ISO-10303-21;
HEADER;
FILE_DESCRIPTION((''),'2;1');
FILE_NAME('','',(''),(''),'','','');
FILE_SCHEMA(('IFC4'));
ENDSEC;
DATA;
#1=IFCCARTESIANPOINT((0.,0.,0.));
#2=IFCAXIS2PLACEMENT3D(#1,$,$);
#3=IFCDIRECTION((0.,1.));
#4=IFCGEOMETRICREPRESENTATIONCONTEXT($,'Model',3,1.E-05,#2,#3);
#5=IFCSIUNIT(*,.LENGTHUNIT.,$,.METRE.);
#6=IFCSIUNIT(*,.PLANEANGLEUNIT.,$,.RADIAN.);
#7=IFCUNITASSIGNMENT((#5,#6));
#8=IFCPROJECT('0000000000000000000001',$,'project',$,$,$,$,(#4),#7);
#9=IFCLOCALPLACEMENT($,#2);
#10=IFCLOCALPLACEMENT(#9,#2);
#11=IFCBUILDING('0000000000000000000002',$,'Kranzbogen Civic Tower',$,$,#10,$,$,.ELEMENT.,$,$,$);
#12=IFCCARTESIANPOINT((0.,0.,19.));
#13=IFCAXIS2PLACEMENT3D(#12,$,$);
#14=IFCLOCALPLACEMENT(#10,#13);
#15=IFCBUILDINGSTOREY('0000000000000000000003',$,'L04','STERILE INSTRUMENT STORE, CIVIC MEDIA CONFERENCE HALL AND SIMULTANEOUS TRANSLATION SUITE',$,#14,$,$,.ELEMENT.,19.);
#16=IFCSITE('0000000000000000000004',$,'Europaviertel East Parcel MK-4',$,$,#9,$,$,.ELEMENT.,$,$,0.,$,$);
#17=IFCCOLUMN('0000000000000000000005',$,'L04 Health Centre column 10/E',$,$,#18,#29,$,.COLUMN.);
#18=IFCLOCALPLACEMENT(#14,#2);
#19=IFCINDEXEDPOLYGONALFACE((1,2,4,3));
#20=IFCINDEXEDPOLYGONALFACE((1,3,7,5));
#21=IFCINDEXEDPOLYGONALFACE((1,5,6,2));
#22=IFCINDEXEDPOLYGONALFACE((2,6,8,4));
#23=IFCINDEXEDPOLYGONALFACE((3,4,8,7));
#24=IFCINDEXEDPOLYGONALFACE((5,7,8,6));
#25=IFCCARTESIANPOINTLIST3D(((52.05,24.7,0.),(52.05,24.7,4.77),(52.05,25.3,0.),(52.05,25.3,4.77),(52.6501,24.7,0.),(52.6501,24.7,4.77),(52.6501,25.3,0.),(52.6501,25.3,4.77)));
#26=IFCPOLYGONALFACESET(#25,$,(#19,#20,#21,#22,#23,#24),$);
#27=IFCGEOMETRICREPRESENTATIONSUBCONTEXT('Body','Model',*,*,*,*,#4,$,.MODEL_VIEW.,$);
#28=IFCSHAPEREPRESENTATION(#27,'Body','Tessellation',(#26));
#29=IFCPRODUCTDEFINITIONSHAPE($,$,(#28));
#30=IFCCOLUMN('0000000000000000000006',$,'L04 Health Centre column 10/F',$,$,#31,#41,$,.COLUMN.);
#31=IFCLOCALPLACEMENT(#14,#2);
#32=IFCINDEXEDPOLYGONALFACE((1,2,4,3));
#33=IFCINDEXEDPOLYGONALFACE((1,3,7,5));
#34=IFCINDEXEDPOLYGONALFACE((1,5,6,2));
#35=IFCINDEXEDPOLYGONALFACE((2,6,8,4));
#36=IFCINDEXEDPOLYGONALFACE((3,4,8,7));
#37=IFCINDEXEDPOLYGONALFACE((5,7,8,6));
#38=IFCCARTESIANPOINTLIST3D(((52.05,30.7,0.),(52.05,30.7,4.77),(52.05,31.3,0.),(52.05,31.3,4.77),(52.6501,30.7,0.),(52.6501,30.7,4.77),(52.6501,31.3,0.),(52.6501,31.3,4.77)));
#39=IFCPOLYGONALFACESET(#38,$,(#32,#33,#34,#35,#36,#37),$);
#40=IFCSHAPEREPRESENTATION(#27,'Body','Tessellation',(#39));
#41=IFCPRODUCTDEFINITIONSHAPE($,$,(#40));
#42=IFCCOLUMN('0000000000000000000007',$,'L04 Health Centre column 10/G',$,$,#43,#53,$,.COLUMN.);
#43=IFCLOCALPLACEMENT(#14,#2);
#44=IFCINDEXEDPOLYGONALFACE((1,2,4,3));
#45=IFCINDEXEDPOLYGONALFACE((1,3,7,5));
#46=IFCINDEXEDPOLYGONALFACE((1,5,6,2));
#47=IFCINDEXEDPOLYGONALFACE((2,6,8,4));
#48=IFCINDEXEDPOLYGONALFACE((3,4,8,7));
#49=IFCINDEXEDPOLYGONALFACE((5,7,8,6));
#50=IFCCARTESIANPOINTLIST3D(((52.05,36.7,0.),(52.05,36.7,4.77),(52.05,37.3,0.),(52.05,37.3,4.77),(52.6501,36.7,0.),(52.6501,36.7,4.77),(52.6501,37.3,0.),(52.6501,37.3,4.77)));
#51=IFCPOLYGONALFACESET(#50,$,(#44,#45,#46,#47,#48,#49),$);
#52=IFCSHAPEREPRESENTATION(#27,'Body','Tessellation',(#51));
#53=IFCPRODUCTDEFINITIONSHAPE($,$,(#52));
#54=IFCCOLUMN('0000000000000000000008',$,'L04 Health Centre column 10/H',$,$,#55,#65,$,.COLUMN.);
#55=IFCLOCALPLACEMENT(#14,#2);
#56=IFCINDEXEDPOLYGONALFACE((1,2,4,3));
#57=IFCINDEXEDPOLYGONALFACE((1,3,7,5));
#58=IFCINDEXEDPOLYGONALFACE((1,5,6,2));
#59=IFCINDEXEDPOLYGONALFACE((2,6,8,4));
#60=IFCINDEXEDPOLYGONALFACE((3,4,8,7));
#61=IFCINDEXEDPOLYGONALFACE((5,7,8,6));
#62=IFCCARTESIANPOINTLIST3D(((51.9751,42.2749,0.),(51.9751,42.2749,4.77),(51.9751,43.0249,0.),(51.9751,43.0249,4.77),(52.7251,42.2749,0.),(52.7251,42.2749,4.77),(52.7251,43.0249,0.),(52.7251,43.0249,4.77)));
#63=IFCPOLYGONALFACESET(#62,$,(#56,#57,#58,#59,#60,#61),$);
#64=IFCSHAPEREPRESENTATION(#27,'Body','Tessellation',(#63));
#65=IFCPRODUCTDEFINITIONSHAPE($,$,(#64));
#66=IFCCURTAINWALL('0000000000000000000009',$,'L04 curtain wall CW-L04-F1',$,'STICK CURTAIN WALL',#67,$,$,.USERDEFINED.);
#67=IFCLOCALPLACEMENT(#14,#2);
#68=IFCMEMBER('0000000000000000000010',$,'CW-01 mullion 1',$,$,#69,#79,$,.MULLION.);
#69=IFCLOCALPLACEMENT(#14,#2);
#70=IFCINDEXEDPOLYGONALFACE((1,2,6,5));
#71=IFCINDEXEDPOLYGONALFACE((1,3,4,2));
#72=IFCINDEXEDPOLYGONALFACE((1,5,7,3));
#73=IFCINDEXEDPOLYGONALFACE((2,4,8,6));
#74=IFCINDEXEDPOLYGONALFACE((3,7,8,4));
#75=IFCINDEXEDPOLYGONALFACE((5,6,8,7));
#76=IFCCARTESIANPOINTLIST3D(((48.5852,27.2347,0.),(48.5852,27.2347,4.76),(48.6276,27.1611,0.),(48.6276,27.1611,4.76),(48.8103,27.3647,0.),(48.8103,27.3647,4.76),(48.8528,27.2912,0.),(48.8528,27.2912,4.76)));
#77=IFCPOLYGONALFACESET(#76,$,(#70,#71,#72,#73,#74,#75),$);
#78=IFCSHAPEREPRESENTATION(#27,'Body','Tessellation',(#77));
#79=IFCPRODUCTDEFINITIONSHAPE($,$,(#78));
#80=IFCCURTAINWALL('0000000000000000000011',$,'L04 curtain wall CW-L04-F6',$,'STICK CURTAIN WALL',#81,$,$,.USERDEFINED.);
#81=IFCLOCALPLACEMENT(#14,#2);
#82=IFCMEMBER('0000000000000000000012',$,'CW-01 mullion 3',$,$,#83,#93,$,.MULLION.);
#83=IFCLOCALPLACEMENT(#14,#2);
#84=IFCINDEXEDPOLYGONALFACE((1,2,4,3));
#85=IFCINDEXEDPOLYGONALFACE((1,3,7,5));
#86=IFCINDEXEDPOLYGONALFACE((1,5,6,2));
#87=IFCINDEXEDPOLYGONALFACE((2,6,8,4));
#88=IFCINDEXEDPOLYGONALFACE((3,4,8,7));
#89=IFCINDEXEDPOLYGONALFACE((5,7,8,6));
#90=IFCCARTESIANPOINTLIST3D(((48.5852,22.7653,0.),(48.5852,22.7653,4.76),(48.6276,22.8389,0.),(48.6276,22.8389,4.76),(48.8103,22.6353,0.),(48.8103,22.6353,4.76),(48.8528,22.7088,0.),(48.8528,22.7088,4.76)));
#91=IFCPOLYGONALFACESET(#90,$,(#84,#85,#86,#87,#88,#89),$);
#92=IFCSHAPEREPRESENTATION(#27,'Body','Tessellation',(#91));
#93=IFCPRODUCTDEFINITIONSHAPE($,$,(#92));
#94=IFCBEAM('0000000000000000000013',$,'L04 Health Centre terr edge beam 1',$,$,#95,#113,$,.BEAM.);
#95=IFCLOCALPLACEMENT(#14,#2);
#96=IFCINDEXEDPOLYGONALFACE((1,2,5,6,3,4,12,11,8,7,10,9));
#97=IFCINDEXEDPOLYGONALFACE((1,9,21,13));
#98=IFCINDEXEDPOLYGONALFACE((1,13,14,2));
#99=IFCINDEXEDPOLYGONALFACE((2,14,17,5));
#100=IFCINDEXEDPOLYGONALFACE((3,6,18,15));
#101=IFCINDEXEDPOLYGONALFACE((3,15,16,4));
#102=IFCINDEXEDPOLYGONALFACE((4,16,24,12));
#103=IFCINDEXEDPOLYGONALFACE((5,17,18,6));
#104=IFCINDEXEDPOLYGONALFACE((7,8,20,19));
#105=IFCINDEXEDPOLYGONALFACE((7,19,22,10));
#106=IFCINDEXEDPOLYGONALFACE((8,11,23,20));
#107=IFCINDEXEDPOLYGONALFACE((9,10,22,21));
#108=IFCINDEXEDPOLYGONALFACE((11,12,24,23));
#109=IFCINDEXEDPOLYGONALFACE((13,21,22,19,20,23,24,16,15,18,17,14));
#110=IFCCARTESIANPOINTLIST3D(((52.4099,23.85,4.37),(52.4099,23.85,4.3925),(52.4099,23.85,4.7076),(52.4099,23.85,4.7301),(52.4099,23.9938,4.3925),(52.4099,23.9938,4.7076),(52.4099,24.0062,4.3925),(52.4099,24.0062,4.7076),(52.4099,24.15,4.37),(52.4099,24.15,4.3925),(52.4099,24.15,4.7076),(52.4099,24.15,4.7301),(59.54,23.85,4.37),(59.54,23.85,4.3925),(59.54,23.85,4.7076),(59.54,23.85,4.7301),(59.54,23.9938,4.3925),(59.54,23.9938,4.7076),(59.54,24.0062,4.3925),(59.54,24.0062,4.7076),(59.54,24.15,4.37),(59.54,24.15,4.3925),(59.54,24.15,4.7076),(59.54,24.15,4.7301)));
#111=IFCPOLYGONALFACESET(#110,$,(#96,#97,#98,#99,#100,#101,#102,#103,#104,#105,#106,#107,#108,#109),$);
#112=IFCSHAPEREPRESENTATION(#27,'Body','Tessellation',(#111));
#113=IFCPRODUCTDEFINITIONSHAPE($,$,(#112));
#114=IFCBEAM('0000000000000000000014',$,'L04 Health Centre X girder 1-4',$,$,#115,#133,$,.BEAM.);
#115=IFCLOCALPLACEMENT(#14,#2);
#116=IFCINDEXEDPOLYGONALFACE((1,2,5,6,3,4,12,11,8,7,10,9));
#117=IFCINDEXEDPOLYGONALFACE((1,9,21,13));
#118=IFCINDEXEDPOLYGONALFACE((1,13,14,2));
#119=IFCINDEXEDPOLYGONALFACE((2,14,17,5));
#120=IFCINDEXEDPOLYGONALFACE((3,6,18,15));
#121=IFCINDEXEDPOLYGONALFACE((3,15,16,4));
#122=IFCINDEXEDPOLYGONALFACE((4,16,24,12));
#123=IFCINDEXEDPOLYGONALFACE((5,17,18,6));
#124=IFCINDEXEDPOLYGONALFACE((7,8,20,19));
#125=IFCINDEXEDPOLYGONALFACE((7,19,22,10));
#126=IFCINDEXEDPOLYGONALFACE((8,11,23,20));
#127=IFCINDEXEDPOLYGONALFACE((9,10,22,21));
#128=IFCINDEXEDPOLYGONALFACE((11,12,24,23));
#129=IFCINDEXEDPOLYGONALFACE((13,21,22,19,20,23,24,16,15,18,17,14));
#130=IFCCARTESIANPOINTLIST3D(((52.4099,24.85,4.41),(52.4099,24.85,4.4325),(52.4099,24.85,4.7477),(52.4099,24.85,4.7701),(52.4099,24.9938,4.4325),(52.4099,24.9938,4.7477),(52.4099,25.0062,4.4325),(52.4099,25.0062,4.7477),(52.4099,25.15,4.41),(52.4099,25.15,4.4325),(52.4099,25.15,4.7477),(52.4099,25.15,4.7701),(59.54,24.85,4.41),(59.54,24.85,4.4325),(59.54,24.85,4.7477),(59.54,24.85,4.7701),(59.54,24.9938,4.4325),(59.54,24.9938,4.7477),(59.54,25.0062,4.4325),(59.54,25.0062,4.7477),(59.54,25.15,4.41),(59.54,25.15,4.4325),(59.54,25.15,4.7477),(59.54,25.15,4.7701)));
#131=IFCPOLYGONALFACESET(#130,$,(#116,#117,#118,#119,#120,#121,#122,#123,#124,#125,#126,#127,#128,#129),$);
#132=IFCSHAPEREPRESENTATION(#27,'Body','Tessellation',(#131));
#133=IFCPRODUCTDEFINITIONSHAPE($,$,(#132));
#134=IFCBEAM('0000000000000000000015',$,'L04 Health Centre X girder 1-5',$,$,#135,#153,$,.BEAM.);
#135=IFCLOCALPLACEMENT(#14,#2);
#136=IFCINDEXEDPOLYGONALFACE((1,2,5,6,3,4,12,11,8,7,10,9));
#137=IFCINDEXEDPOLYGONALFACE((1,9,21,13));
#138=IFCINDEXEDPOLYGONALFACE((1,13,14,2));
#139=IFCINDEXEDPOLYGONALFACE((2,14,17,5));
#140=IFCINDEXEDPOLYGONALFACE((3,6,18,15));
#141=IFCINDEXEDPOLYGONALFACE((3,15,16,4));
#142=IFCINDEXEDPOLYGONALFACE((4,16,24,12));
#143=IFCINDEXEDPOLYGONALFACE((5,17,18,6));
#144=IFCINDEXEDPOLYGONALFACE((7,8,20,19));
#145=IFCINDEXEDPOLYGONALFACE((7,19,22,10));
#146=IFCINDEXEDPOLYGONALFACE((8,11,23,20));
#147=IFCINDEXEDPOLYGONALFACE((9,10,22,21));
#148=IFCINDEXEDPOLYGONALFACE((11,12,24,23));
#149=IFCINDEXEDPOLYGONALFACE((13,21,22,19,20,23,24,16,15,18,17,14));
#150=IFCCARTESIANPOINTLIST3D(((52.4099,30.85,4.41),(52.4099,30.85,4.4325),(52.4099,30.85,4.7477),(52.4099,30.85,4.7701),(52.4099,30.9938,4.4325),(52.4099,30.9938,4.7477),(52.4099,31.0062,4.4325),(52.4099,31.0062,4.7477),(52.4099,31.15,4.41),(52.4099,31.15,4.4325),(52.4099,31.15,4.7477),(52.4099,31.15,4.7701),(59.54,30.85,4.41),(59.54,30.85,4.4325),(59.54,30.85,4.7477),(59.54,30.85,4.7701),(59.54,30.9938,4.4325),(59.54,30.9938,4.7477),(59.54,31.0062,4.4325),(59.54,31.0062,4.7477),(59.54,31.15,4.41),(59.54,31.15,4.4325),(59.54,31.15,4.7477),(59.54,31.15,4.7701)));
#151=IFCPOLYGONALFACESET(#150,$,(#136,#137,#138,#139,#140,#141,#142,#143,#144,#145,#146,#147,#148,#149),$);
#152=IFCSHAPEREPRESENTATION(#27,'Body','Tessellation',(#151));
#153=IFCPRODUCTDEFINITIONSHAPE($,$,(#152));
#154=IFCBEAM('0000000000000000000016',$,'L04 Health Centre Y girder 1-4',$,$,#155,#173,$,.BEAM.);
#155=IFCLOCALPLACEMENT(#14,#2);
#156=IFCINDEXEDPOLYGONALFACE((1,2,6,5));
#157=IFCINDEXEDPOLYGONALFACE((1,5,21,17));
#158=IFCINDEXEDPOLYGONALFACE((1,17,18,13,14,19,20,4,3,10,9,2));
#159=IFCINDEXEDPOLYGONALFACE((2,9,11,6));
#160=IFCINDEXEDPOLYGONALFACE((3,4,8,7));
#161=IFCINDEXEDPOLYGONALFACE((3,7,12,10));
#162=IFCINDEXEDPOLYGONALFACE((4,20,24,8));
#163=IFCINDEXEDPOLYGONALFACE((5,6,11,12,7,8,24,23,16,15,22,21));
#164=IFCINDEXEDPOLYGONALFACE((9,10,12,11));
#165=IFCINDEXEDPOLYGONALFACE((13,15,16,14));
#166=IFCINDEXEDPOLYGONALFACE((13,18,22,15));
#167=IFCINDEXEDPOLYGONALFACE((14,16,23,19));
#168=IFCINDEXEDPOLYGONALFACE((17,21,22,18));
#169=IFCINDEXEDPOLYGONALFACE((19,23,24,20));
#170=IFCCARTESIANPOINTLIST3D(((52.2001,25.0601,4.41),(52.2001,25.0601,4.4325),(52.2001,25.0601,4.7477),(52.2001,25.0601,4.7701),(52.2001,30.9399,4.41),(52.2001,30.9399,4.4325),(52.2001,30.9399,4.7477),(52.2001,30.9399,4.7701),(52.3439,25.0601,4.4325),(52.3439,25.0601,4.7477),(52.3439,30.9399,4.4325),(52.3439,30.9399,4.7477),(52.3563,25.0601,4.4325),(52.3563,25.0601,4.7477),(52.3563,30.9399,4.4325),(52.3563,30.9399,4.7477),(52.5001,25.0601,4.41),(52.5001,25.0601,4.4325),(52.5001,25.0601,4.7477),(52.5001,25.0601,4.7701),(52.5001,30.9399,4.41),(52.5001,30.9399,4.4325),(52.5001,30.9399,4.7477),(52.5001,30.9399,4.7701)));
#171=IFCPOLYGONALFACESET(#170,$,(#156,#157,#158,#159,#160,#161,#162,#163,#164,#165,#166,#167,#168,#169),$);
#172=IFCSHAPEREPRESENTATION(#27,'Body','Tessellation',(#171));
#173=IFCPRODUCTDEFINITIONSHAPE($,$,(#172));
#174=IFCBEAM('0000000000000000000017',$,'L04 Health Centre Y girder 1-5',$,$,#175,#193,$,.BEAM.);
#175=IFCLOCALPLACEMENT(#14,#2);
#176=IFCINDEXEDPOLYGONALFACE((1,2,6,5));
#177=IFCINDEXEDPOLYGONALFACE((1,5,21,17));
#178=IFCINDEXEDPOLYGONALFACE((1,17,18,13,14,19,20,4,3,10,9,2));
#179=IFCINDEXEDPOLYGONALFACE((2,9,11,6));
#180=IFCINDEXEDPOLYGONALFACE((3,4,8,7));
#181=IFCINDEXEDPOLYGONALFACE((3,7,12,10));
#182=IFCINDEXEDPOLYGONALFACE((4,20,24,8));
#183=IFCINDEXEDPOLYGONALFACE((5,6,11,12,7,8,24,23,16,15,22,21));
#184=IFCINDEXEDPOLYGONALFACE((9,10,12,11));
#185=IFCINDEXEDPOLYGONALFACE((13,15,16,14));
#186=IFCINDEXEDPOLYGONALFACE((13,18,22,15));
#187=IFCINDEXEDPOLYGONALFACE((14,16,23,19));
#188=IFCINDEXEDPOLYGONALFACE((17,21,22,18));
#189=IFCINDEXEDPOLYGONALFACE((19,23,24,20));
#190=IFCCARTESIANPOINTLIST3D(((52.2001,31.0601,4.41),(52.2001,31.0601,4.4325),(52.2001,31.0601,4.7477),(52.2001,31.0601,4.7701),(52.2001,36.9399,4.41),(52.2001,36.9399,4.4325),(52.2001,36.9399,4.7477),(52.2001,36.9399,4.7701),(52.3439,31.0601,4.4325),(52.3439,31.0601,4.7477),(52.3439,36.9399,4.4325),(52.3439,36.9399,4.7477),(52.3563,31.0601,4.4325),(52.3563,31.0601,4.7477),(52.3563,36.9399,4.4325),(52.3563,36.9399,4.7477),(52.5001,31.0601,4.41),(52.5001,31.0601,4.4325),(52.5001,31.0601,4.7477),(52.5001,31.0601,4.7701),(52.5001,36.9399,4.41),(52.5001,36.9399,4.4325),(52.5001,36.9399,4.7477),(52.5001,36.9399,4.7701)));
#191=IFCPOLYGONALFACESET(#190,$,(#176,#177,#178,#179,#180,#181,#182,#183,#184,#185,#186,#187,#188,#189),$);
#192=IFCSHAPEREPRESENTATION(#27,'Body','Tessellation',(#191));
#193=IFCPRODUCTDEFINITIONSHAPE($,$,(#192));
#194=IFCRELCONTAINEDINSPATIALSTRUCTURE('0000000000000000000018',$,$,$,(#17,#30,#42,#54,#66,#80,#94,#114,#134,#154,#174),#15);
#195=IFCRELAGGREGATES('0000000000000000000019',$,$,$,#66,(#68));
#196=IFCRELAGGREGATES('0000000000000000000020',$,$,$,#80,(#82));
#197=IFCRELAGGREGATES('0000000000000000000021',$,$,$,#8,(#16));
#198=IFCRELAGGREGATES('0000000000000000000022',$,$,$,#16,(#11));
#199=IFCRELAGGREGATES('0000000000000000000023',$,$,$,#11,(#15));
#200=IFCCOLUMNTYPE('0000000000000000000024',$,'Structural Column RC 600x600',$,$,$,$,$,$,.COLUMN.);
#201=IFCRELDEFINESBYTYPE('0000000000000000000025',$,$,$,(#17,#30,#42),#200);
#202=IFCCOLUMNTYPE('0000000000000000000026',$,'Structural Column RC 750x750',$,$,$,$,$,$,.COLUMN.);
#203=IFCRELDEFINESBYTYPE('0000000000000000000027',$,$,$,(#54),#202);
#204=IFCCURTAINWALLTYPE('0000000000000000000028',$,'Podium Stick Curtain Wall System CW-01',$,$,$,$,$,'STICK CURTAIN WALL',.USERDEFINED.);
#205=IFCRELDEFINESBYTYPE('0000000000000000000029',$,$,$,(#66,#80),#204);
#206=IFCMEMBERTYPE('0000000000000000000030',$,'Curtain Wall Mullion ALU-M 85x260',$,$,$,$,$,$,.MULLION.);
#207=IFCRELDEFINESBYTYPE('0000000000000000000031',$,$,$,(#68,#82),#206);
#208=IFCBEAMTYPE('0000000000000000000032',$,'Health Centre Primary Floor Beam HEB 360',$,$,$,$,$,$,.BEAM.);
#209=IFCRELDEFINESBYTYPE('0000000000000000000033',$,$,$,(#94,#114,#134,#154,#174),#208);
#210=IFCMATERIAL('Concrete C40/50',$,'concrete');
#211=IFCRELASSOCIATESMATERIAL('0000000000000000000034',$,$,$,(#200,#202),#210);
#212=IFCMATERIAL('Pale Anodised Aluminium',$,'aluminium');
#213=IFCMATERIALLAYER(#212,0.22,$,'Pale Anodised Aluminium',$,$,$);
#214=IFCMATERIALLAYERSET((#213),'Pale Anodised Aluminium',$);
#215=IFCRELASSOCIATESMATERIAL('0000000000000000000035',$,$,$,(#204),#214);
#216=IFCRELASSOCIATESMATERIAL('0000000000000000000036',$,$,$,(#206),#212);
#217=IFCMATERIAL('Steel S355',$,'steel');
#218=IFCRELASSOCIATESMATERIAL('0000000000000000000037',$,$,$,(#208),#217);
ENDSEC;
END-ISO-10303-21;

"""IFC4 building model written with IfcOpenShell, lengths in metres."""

from ifc_helpers import new_model, si_unit, direction, frame, origin, origin_2d, place, context, subcontext, project, spatial, rectangle, i_section, extrude, material, layer, layer_set, material_profile, profile_set, type_object, element, aggregate, save


model = new_model("IFC4")

# Units and contexts
model_context = context("Model", 3, precision=1e-05, world=origin(), true_north=direction((0.0, 1.0)))
body_context = subcontext(model_context, "Body", "Model", "MODEL_VIEW")
ifc_project = project(units=[si_unit("LENGTHUNIT", "METRE"), si_unit("PLANEANGLEUNIT", "RADIAN")], contexts=[model_context])

# Site, building, storey
site_placement = place(None, origin())
site = spatial("IfcSite", under=ifc_project, at=site_placement, Name="Europaviertel East Parcel MK-4", CompositionType="ELEMENT", RefElevation=0.0)
building_placement = place(site_placement, origin())
building = spatial("IfcBuilding", under=site, at=building_placement, Name="Kranzbogen Civic Tower", CompositionType="ELEMENT")
storey_placement = place(building_placement, frame((0.0, 0.0, 19.0)))
storey = spatial("IfcBuildingStorey", under=building, at=storey_placement, Name="L04", Description="STERILE INSTRUMENT STORE, CIVIC MEDIA CONFERENCE HALL AND SIMULTANEOUS TRANSLATION SUITE", CompositionType="ELEMENT", Elevation=19.0)

# Columns
ifc_material_1 = material(Name="Concrete C40/50", Category="concrete")
ifc_material_profile_1 = material_profile(ifc_material_1, rectangle(XDim=0.6001, YDim=0.6001, at=origin_2d()), Name="RC 600x600")
ifc_profile_set_1 = profile_set([ifc_material_profile_1], Name="Concrete C40/50")
column_type_1 = type_object("IfcColumnType", Name="Structural Column RC 600x600", PredefinedType="COLUMN", material=ifc_profile_set_1)
for number, where, z_axis, x_axis, name in (
    (1, (52.3501, 25.0, 0.0), (0.0, 0.0, 1.0), (1.0, 0.0, 0.0), "L04 Health Centre column 10/E"),
    (2, (52.3501, 31.0, 0.0), (0.0, 0.0, 1.0), (1.0, 0.0, 0.0), "L04 Health Centre column 10/F"),
    (3, (52.3501, 37.0, 0.0), (0.0, 0.0, 1.0), (1.0, 0.0, 0.0), "L04 Health Centre column 10/G"),
):
    element("IfcColumn", number, at=place(storey_placement, frame(where, z_axis=z_axis, x_axis=x_axis)), inside=storey, type_object=column_type_1, Name=name, PredefinedType="COLUMN", context=body_context, shape_type="SweptSolid", body=[
        extrude(rectangle(XDim=0.6001, YDim=0.6001, at=origin_2d()), origin(), (0.0, 0.0, 1.0), 4.77),
    ])
ifc_material_profile_2 = material_profile(ifc_material_1, rectangle(XDim=0.75, YDim=0.75, at=origin_2d()), Name="RC 750x750")
ifc_profile_set_2 = profile_set([ifc_material_profile_2], Name="Concrete C40/50")
column_type_2 = type_object("IfcColumnType", Name="Structural Column RC 750x750", PredefinedType="COLUMN", material=ifc_profile_set_2)
column_placement = place(storey_placement, frame((52.3501, 42.6499, 0.0), z_axis=(0.0, 0.0, 1.0), x_axis=(1.0, 0.0, 0.0)))
element("IfcColumn", 4, at=column_placement, inside=storey, type_object=column_type_2, Name="L04 Health Centre column 10/H", PredefinedType="COLUMN", context=body_context, shape_type="SweptSolid", body=[
    extrude(rectangle(XDim=0.75, YDim=0.75, at=origin_2d()), origin(), (0.0, 0.0, 1.0), 4.77),
])

# Curtain walls, members
ifc_material_2 = material(Name="Pale Anodised Aluminium", Category="aluminium")
ifc_layer_1 = layer(ifc_material_2, 0.22, Name="Pale Anodised Aluminium")
ifc_layer_set_1 = layer_set([ifc_layer_1], Name="Pale Anodised Aluminium")
curtain_wall_type = type_object("IfcCurtainWallType", Name="Podium Stick Curtain Wall System CW-01", ElementType="STICK CURTAIN WALL", PredefinedType="USERDEFINED", material=ifc_layer_set_1)
curtain_wall_1_placement = place(storey_placement, origin())
curtain_wall_1 = element("IfcCurtainWall", 5, at=curtain_wall_1_placement, inside=storey, type_object=curtain_wall_type, Name="L04 curtain wall CW-L04-F1", ObjectType="STICK CURTAIN WALL", PredefinedType="USERDEFINED")
ifc_material_profile_3 = material_profile(ifc_material_2, rectangle(XDim=0.085, YDim=0.26, at=origin_2d()), Name="ALU-M 85x260")
ifc_profile_set_3 = profile_set([ifc_material_profile_3], Name="Pale Anodised Aluminium")
member_type = type_object("IfcMemberType", Name="Curtain Wall Mullion ALU-M 85x260", PredefinedType="MULLION", material=ifc_profile_set_3)
member_1_placement = place(storey_placement, frame((48.719, 27.2629, 0.0), z_axis=(0.0, 0.0, 1.0), x_axis=(-0.500006, 0.866022, 0.0)))
member_1 = element("IfcMember", 6, at=member_1_placement, type_object=member_type, Name="CW-01 mullion 1", PredefinedType="MULLION", context=body_context, shape_type="SweptSolid", body=[
    extrude(rectangle(XDim=0.085, YDim=0.26, at=origin_2d()), origin(), (0.0, 0.0, 1.0), 4.76),
])
aggregate(curtain_wall_1, [member_1])
curtain_wall_2_placement = place(storey_placement, origin())
curtain_wall_2 = element("IfcCurtainWall", 7, at=curtain_wall_2_placement, inside=storey, type_object=curtain_wall_type, Name="L04 curtain wall CW-L04-F6", ObjectType="STICK CURTAIN WALL", PredefinedType="USERDEFINED")
member_2_placement = place(storey_placement, frame((48.719, 22.7371, 0.0), z_axis=(0.0, 0.0, 1.0), x_axis=(0.500006, 0.866022, 0.0)))
member_2 = element("IfcMember", 8, at=member_2_placement, type_object=member_type, Name="CW-01 mullion 3", PredefinedType="MULLION", context=body_context, shape_type="SweptSolid", body=[
    extrude(rectangle(XDim=0.085, YDim=0.26, at=origin_2d()), origin(), (0.0, 0.0, 1.0), 4.76),
])
aggregate(curtain_wall_2, [member_2])

# Beams
ifc_material_3 = material(Name="Steel S355", Category="steel")
ifc_material_profile_4 = material_profile(ifc_material_3, i_section(OverallWidth=0.3, OverallDepth=0.3601, WebThickness=0.0125, FlangeThickness=0.0225, at=origin_2d()), Name="HEB 360")
ifc_profile_set_4 = profile_set([ifc_material_profile_4], Name="Steel S355")
beam_type_1 = type_object("IfcBeamType", Name="Health Centre Primary Floor Beam HEB 360", PredefinedType="BEAM", material=ifc_profile_set_4)
for number, where, z_axis, x_axis, name in (
    (9, (52.4099, 24.0, 4.55), (1.0, 0.0, 0.0), (0.0, 1.0, 0.0), "L04 Health Centre terr edge beam 1"),
    (10, (52.4099, 25.0, 4.5901), (1.0, 0.0, 0.0), (0.0, 1.0, 0.0), "L04 Health Centre X girder 1-4"),
    (11, (52.4099, 31.0, 4.5901), (1.0, 0.0, 0.0), (0.0, 1.0, 0.0), "L04 Health Centre X girder 1-5"),
):
    element("IfcBeam", number, at=place(storey_placement, frame(where, z_axis=z_axis, x_axis=x_axis)), inside=storey, type_object=beam_type_1, Name=name, PredefinedType="BEAM", context=body_context, shape_type="SweptSolid", body=[
        extrude(i_section(OverallWidth=0.3, OverallDepth=0.3601, WebThickness=0.0125, FlangeThickness=0.0225, at=origin_2d()), origin(), (0.0, 0.0, 1.0), 7.1301),
    ])
for number, where, z_axis, x_axis, name in (
    (12, (52.3501, 25.0601, 4.5901), (0.0, 1.0, 0.0), (-1.0, 0.0, 0.0), "L04 Health Centre Y girder 1-4"),
    (13, (52.3501, 31.0601, 4.5901), (0.0, 1.0, 0.0), (-1.0, 0.0, 0.0), "L04 Health Centre Y girder 1-5"),
):
    element("IfcBeam", number, at=place(storey_placement, frame(where, z_axis=z_axis, x_axis=x_axis)), inside=storey, type_object=beam_type_1, Name=name, PredefinedType="BEAM", context=body_context, shape_type="SweptSolid", body=[
        extrude(i_section(OverallWidth=0.3, OverallDepth=0.3601, WebThickness=0.0125, FlangeThickness=0.0225, at=origin_2d()), origin(), (0.0, 0.0, 1.0), 5.8799),
    ])

save(model, "model.ifc")
